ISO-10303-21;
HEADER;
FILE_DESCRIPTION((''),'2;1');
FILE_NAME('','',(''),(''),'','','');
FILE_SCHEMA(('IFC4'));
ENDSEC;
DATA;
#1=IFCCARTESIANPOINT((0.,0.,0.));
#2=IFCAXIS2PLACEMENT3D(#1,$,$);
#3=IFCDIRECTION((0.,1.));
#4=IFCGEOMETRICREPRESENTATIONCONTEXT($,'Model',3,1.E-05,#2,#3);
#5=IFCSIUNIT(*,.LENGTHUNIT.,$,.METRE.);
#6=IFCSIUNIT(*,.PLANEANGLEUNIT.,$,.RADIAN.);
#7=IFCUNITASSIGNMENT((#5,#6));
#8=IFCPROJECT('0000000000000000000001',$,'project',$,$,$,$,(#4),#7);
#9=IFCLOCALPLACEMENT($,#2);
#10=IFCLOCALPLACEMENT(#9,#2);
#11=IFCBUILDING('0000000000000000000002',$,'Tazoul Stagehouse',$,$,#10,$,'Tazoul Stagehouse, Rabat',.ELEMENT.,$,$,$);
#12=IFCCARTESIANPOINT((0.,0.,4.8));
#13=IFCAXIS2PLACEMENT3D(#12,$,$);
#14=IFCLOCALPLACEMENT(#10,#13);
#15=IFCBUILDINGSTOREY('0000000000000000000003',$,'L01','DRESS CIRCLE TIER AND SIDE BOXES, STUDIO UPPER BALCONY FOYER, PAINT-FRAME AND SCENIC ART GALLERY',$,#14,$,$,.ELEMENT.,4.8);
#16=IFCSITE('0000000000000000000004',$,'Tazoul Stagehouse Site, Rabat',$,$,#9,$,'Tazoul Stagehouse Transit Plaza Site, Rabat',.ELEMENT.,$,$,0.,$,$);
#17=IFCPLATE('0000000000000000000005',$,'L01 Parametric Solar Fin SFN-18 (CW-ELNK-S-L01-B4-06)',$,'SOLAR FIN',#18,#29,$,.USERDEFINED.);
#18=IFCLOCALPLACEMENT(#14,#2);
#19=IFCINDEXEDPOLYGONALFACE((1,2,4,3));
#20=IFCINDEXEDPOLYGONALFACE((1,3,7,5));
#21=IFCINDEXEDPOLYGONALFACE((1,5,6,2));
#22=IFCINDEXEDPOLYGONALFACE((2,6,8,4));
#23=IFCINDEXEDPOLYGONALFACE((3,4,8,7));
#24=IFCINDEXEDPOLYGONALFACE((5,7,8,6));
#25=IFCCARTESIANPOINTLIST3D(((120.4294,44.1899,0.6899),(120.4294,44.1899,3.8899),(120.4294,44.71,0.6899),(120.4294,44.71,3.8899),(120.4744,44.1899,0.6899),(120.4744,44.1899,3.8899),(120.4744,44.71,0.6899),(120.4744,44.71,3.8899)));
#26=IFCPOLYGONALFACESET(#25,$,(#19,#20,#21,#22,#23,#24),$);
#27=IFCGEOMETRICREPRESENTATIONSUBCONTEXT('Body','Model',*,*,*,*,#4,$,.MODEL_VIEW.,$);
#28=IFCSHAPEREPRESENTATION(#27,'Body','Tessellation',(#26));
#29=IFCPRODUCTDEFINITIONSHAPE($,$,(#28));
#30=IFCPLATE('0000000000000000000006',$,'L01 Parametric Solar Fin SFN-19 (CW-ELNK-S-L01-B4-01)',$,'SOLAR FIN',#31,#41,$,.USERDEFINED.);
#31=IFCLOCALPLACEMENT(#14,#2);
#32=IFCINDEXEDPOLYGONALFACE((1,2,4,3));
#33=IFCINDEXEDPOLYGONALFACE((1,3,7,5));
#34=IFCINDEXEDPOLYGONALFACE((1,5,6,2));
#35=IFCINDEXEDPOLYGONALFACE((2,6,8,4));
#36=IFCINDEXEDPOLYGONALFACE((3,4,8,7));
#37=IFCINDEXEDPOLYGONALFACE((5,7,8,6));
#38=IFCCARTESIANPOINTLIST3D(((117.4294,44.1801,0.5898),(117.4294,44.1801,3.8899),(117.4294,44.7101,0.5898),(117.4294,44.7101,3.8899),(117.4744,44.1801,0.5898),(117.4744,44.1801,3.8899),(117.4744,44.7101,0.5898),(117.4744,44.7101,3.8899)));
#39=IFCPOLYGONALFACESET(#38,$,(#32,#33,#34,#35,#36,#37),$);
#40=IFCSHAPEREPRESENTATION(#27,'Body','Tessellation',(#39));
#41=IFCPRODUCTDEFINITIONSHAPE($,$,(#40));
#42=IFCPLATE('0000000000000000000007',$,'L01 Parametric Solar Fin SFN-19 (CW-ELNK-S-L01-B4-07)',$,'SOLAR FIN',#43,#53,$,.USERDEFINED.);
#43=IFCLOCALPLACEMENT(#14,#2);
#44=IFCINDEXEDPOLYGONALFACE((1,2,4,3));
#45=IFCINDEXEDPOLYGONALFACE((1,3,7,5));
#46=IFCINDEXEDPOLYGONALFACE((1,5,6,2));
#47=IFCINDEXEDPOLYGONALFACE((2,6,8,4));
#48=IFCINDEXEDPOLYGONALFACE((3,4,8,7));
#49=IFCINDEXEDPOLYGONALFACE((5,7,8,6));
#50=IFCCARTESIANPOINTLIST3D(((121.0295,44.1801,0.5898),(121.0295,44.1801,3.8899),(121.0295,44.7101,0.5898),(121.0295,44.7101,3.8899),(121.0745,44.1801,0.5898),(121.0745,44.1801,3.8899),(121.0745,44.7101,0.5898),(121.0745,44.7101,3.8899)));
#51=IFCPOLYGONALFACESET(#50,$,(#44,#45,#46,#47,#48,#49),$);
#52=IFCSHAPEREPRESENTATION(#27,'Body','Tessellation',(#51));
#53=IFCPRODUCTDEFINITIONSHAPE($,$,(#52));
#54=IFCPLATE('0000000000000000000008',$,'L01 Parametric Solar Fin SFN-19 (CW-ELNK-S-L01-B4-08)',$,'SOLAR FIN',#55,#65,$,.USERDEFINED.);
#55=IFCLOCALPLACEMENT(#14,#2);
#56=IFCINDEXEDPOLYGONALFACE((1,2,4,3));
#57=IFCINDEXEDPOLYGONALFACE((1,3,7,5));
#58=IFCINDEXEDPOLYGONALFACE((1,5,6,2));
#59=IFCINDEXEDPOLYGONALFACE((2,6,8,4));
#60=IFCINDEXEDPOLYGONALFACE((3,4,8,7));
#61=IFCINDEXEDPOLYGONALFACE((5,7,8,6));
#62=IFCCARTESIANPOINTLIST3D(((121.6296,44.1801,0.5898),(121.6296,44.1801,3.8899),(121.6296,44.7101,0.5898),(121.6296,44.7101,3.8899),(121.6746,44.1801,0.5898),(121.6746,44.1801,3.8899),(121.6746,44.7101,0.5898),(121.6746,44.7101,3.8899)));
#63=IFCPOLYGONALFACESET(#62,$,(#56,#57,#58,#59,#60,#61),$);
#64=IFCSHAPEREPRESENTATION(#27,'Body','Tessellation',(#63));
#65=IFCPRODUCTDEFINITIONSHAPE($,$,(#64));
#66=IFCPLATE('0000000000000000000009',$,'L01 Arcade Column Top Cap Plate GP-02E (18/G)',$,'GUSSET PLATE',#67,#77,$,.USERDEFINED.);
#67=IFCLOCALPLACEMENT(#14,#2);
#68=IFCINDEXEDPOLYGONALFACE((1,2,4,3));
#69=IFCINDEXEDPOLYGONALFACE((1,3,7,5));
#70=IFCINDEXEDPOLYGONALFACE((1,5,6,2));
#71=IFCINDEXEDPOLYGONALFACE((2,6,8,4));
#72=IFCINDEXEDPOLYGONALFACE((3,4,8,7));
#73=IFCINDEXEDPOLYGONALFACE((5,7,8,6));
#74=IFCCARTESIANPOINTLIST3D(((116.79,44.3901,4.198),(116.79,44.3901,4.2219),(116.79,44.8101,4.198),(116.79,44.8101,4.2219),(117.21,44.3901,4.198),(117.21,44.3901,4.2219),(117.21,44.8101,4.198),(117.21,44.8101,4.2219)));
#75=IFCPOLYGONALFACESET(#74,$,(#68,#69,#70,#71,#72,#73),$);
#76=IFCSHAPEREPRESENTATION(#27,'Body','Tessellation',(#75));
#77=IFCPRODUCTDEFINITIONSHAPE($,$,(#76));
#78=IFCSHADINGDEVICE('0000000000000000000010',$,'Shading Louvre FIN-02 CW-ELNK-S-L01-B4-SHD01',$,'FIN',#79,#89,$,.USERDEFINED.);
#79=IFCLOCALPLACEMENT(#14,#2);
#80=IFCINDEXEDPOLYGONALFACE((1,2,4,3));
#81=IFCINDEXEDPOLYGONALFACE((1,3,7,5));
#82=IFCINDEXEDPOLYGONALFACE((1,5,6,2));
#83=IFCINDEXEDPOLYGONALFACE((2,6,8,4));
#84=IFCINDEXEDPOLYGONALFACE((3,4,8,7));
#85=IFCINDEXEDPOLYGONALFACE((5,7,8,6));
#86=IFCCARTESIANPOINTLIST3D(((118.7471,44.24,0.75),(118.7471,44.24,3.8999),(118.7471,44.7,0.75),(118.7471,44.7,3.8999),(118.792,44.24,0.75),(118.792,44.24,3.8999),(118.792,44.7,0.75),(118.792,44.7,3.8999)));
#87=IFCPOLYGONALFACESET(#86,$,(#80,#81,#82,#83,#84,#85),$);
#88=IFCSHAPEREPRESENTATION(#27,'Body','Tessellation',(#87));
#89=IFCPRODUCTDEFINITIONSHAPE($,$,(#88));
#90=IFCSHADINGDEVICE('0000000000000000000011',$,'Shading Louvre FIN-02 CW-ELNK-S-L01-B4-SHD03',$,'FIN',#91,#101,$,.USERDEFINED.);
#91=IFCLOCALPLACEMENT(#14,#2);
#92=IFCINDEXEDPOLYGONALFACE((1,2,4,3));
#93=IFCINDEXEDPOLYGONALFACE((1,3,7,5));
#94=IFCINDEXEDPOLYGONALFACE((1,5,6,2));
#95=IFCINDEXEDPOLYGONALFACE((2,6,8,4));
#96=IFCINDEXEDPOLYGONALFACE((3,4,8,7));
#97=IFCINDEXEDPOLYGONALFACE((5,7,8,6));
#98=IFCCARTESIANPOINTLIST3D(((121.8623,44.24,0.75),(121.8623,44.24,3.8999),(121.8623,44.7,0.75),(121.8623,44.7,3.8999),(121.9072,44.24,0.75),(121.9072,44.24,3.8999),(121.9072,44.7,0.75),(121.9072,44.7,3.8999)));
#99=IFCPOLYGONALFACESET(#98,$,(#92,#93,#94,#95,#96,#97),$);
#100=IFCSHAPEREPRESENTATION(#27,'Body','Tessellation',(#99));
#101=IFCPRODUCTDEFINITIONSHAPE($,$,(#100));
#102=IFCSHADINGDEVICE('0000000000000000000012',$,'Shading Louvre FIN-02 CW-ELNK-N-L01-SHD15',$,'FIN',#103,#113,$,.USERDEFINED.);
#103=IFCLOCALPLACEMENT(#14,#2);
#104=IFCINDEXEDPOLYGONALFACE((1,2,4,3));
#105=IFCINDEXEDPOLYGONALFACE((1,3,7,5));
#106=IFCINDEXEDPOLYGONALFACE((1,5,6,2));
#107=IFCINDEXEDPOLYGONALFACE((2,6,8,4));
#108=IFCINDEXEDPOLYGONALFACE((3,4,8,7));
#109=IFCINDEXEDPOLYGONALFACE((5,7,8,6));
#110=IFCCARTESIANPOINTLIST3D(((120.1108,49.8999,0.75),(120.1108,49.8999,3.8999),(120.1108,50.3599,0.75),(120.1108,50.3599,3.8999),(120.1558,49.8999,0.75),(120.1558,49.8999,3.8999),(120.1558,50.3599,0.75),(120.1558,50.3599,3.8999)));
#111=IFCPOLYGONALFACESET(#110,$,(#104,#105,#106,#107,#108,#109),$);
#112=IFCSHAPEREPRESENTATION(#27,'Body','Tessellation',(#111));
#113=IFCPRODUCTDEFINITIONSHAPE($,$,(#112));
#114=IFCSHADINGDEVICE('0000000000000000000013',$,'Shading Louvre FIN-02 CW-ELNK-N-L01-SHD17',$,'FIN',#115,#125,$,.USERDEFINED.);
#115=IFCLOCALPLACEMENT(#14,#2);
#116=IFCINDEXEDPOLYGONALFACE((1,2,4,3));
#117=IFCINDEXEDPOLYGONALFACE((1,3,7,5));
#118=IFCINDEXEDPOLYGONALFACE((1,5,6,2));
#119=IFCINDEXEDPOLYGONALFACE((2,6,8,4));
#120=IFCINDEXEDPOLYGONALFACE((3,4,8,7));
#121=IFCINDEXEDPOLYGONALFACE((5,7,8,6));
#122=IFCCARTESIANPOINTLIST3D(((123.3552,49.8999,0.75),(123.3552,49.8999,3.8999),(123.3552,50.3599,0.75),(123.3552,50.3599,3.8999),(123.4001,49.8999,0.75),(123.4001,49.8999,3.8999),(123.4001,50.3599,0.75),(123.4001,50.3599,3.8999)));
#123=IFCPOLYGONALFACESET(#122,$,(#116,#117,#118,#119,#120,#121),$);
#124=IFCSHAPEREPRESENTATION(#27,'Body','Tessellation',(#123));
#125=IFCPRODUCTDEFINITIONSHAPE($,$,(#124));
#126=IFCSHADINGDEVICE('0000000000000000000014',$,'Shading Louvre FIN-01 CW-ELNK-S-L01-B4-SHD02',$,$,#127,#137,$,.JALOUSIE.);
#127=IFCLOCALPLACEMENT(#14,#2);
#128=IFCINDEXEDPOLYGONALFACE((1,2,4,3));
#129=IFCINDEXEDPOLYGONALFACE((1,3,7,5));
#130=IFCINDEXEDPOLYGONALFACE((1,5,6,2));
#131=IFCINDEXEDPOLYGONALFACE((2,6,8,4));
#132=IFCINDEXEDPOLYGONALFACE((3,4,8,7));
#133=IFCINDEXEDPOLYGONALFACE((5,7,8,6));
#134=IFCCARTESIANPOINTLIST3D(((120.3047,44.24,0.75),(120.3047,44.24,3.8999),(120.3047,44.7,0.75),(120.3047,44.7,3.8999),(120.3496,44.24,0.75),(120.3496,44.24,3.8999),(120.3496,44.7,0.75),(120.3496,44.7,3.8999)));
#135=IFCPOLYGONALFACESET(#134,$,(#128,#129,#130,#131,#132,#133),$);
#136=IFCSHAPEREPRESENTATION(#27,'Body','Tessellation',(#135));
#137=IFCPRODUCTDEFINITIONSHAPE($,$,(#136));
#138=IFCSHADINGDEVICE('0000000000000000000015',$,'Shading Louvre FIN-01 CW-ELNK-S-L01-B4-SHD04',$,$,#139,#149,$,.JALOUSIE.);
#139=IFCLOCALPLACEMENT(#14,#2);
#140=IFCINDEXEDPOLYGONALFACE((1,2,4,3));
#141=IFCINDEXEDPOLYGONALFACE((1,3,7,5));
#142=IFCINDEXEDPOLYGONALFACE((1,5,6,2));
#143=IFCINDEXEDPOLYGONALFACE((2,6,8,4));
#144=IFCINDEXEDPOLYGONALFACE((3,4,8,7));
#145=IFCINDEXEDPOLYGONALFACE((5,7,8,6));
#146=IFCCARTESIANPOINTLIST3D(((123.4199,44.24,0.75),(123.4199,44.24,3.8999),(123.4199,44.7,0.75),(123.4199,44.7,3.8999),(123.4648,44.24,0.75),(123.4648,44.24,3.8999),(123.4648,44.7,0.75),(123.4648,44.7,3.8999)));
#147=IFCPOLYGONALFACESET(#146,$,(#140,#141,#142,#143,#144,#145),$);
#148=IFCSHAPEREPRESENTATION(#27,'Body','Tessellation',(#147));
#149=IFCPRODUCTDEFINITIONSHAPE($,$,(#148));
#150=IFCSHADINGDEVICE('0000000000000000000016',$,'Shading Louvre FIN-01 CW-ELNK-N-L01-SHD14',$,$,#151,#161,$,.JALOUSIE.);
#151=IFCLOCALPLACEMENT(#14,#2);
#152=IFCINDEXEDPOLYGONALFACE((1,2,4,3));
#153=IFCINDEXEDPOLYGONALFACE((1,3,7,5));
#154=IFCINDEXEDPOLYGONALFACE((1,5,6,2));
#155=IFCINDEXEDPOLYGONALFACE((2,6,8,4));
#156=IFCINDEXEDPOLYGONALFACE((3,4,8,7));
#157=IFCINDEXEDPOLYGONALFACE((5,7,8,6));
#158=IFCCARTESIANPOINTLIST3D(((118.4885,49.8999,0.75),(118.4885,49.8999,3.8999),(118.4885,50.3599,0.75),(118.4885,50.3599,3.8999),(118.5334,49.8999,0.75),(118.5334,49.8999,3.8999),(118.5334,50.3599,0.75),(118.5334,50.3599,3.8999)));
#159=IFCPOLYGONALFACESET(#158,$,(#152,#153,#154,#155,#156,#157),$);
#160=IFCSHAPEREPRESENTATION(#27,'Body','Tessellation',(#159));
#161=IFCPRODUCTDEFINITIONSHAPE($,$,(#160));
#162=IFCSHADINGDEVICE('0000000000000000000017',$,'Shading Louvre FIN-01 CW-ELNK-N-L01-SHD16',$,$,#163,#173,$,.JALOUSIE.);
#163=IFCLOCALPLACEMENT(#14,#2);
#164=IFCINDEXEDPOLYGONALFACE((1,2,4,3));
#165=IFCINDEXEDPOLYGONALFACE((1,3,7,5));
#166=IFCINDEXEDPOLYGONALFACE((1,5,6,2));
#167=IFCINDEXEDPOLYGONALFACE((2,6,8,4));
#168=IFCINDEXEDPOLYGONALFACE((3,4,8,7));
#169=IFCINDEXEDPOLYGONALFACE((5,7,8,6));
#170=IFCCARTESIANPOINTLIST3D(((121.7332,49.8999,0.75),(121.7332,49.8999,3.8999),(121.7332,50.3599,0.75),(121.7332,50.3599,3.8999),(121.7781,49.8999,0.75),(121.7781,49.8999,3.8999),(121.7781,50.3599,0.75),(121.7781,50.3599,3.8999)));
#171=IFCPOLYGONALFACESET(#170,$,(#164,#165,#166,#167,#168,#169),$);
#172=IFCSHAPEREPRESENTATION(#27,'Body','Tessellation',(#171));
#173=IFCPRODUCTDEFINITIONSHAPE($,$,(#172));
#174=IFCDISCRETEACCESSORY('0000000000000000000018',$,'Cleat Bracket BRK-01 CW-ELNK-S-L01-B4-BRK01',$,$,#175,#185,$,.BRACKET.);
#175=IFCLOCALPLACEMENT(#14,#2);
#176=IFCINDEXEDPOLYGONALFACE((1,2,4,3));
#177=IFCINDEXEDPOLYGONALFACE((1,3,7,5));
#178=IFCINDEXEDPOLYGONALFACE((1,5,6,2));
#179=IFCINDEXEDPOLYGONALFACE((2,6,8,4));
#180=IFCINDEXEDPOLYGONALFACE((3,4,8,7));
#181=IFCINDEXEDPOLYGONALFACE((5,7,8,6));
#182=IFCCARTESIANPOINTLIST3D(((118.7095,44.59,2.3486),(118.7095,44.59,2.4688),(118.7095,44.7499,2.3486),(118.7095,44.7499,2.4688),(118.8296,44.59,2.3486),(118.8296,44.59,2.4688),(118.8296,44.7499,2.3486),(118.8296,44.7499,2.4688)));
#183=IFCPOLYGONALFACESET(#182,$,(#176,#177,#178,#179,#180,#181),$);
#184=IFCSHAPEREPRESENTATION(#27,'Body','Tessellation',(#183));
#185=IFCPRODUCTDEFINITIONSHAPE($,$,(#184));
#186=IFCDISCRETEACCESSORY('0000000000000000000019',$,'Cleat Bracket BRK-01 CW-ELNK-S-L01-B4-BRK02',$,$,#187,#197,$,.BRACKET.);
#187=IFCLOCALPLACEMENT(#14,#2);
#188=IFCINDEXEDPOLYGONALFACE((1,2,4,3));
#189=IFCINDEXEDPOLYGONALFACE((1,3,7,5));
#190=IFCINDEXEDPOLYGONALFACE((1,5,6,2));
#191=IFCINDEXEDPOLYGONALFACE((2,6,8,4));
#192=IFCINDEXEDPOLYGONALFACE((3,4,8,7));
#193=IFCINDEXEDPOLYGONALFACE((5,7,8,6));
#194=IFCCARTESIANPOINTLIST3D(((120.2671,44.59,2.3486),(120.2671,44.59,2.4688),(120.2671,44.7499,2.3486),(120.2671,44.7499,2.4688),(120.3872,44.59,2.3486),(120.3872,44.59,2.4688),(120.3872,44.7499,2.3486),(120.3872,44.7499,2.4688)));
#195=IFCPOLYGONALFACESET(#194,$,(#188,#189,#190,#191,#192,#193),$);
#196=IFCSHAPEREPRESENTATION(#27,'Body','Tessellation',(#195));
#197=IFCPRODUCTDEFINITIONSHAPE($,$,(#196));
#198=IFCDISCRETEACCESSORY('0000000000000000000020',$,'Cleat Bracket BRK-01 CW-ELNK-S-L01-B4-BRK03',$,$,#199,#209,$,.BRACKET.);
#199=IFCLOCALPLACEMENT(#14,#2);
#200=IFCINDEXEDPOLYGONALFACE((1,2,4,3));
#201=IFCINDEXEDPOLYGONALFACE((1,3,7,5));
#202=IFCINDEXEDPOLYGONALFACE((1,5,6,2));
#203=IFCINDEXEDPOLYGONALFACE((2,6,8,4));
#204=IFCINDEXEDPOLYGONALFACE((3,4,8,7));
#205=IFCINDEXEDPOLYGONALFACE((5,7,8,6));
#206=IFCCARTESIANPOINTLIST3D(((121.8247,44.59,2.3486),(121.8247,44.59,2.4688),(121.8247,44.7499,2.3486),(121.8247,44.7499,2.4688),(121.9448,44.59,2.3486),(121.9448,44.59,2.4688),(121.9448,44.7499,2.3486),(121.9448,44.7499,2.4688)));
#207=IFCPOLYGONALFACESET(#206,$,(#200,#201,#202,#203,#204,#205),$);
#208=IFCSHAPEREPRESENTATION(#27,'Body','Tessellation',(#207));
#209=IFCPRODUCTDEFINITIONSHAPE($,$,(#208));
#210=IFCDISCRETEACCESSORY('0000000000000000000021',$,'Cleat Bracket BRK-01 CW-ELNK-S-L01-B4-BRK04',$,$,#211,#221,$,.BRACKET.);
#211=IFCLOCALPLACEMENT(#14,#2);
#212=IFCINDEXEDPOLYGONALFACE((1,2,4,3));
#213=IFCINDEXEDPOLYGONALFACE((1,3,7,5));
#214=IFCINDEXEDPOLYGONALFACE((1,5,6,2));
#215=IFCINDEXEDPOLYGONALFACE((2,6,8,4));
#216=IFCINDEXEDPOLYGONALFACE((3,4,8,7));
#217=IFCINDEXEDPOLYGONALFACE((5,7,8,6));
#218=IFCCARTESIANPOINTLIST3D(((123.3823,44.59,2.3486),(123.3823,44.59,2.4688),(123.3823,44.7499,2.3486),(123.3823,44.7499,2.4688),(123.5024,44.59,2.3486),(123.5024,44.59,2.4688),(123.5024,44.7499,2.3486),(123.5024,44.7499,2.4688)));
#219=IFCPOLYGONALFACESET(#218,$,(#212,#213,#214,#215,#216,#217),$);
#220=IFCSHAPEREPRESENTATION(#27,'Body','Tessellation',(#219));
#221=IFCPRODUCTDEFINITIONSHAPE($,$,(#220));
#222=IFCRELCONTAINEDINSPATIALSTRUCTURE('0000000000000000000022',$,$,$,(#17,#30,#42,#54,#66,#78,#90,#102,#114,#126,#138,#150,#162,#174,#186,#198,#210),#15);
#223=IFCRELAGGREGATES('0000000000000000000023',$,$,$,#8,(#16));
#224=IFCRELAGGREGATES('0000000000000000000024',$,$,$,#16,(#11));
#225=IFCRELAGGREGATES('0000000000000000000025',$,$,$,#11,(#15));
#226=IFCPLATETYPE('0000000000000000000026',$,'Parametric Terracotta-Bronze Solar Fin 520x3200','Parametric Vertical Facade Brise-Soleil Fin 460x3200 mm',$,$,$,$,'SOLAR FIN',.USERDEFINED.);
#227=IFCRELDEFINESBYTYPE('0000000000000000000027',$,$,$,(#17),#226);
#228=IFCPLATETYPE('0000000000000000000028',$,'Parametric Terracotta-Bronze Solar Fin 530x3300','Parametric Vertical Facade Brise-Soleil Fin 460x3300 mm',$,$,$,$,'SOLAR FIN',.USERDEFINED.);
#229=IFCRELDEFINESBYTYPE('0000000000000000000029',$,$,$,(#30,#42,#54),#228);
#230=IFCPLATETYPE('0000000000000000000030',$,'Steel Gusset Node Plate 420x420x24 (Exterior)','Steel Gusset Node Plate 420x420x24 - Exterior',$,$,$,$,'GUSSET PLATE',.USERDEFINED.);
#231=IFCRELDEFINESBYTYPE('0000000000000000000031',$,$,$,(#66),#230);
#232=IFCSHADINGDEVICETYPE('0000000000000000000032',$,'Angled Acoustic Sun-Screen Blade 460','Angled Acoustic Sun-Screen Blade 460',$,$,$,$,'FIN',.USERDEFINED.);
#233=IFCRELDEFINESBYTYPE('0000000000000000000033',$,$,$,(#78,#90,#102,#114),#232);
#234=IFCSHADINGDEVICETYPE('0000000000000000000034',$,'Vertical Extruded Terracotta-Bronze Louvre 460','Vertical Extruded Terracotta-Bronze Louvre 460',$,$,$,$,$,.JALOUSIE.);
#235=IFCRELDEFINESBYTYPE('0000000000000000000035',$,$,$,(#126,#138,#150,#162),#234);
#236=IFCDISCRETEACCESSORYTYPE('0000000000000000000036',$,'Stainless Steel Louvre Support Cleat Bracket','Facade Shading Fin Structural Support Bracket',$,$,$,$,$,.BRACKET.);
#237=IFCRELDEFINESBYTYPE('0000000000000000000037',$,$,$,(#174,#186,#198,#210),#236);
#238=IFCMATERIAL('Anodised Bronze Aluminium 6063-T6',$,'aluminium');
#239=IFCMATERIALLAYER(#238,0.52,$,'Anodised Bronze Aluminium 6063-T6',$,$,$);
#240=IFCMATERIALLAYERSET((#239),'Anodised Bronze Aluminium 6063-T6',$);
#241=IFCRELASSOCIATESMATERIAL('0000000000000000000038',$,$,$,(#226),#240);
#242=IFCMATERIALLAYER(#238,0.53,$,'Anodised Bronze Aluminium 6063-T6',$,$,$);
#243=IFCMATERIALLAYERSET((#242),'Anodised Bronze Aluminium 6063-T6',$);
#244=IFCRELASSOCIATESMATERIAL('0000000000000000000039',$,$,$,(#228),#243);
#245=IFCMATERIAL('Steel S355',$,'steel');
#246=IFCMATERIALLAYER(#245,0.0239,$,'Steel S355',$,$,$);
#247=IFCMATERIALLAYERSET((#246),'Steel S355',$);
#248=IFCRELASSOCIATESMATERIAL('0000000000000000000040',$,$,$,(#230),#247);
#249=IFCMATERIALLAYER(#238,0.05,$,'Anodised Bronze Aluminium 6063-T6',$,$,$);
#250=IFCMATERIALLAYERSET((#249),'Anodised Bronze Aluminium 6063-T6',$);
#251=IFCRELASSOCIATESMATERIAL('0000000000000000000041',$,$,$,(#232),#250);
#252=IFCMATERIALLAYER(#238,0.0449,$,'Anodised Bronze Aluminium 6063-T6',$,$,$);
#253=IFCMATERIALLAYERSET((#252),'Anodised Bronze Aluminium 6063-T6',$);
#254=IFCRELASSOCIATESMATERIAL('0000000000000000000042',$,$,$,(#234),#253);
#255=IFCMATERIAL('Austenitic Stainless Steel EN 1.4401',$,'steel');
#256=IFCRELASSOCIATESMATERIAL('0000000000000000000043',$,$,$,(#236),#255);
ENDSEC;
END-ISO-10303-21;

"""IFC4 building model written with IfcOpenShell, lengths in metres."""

from ifc_helpers import new_model, si_unit, direction, frame, origin, origin_2d, place, context, subcontext, project, spatial, rectangle, extrude, material, layer, layer_set, type_object, element, save


model = new_model("IFC4")

# Units and contexts
model_context = context("Model", 3, precision=1e-05, world=origin(), true_north=direction((0.0, 1.0)))
body_context = subcontext(model_context, "Body", "Model", "MODEL_VIEW")
ifc_project = project(units=[si_unit("LENGTHUNIT", "METRE"), si_unit("PLANEANGLEUNIT", "RADIAN")], contexts=[model_context])

# Site, building, storey
site_placement = place(None, origin())
site = spatial("IfcSite", under=ifc_project, at=site_placement, Name="Tazoul Stagehouse Site, Rabat", LongName="Tazoul Stagehouse Transit Plaza Site, Rabat", CompositionType="ELEMENT", RefElevation=0.0)
building_placement = place(site_placement, origin())
building = spatial("IfcBuilding", under=site, at=building_placement, Name="Tazoul Stagehouse", LongName="Tazoul Stagehouse, Rabat", CompositionType="ELEMENT")
storey_placement = place(building_placement, frame((0.0, 0.0, 4.8)))
storey = spatial("IfcBuildingStorey", under=building, at=storey_placement, Name="L01", Description="DRESS CIRCLE TIER AND SIDE BOXES, STUDIO UPPER BALCONY FOYER, PAINT-FRAME AND SCENIC ART GALLERY", CompositionType="ELEMENT", Elevation=4.8)

# Shared definitions
ifc_material_1 = material(Name="Steel S355", Category="steel")

# Plates
ifc_material_2 = material(Name="Anodised Bronze Aluminium 6063-T6", Category="aluminium")
ifc_layer_1 = layer(ifc_material_2, 0.52, Name="Anodised Bronze Aluminium 6063-T6")
ifc_layer_set_1 = layer_set([ifc_layer_1], Name="Anodised Bronze Aluminium 6063-T6")
plate_type_1 = type_object("IfcPlateType", Name="Parametric Terracotta-Bronze Solar Fin 520x3200", Description="Parametric Vertical Facade Brise-Soleil Fin 460x3200 mm", ElementType="SOLAR FIN", PredefinedType="USERDEFINED", material=ifc_layer_set_1)
for number, where, z_axis, x_axis, name in (
    (1, (120.4519, 44.45, 0.6899), (0.0, 0.0, 1.0), (1.0, 0.0, 0.0), "L01 Parametric Solar Fin SFN-18 (CW-ELNK-S-L01-B4-06)"),
):
    element("IfcPlate", number, at=place(storey_placement, frame(where, z_axis=z_axis, x_axis=x_axis)), inside=storey, type_object=plate_type_1, Name=name, ObjectType="SOLAR FIN", PredefinedType="USERDEFINED", context=body_context, shape_type="SweptSolid", body=[
        extrude(rectangle(XDim=0.0449, YDim=0.52, at=origin_2d()), origin(), (0.0, 0.0, 1.0), 3.2),
    ])
ifc_layer_2 = layer(ifc_material_2, 0.53, Name="Anodised Bronze Aluminium 6063-T6")
ifc_layer_set_2 = layer_set([ifc_layer_2], Name="Anodised Bronze Aluminium 6063-T6")
plate_type_2 = type_object("IfcPlateType", Name="Parametric Terracotta-Bronze Solar Fin 530x3300", Description="Parametric Vertical Facade Brise-Soleil Fin 460x3300 mm", ElementType="SOLAR FIN", PredefinedType="USERDEFINED", material=ifc_layer_set_2)
for number, where, z_axis, x_axis, name in (
    (2, (117.4519, 44.4451, 0.5898), (0.0, 0.0, 1.0), (1.0, 0.0, 0.0), "L01 Parametric Solar Fin SFN-19 (CW-ELNK-S-L01-B4-01)"),
    (3, (121.052, 44.4451, 0.5898), (0.0, 0.0, 1.0), (1.0, 0.0, 0.0), "L01 Parametric Solar Fin SFN-19 (CW-ELNK-S-L01-B4-07)"),
    (4, (121.6521, 44.4451, 0.5898), (0.0, 0.0, 1.0), (1.0, 0.0, 0.0), "L01 Parametric Solar Fin SFN-19 (CW-ELNK-S-L01-B4-08)"),
):
    element("IfcPlate", number, at=place(storey_placement, frame(where, z_axis=z_axis, x_axis=x_axis)), inside=storey, type_object=plate_type_2, Name=name, ObjectType="SOLAR FIN", PredefinedType="USERDEFINED", context=body_context, shape_type="SweptSolid", body=[
        extrude(rectangle(XDim=0.0449, YDim=0.53, at=origin_2d()), origin(), (0.0, 0.0, 1.0), 3.3),
    ])
ifc_layer_3 = layer(ifc_material_1, 0.0239, Name="Steel S355")
ifc_layer_set_3 = layer_set([ifc_layer_3], Name="Steel S355")
plate_type_3 = type_object("IfcPlateType", Name="Steel Gusset Node Plate 420x420x24 (Exterior)", Description="Steel Gusset Node Plate 420x420x24 - Exterior", ElementType="GUSSET PLATE", PredefinedType="USERDEFINED", material=ifc_layer_set_3)
plate_placement = place(storey_placement, frame((117.0, 44.6001, 4.198), z_axis=(0.0, 0.0, 1.0), x_axis=(1.0, 0.0, 0.0)))
element("IfcPlate", 5, at=plate_placement, inside=storey, type_object=plate_type_3, Name="L01 Arcade Column Top Cap Plate GP-02E (18/G)", ObjectType="GUSSET PLATE", PredefinedType="USERDEFINED", context=body_context, shape_type="SweptSolid", body=[
    extrude(rectangle(XDim=0.4199, YDim=0.4199, at=origin_2d()), origin(), (0.0, 0.0, 1.0), 0.0239),
])

# Shading devices
ifc_layer_4 = layer(ifc_material_2, 0.05, Name="Anodised Bronze Aluminium 6063-T6")
ifc_layer_set_4 = layer_set([ifc_layer_4], Name="Anodised Bronze Aluminium 6063-T6")
shading_device_type_1 = type_object("IfcShadingDeviceType", Name="Angled Acoustic Sun-Screen Blade 460", Description="Angled Acoustic Sun-Screen Blade 460", ElementType="FIN", PredefinedType="USERDEFINED", material=ifc_layer_set_4)
for number, where, z_axis, x_axis, name in (
    (6, (118.7695, 44.47, 0.75), (0.0, 0.0, 1.0), (1.0, 0.0, 0.0), "Shading Louvre FIN-02 CW-ELNK-S-L01-B4-SHD01"),
    (7, (121.8848, 44.47, 0.75), (0.0, 0.0, 1.0), (1.0, 0.0, 0.0), "Shading Louvre FIN-02 CW-ELNK-S-L01-B4-SHD03"),
    (8, (120.1333, 50.1299, 0.75), (0.0, 0.0, 1.0), (1.0, 0.0, 0.0), "Shading Louvre FIN-02 CW-ELNK-N-L01-SHD15"),
    (9, (123.3777, 50.1299, 0.75), (0.0, 0.0, 1.0), (1.0, 0.0, 0.0), "Shading Louvre FIN-02 CW-ELNK-N-L01-SHD17"),
):
    element("IfcShadingDevice", number, at=place(storey_placement, frame(where, z_axis=z_axis, x_axis=x_axis)), inside=storey, type_object=shading_device_type_1, Name=name, ObjectType="FIN", PredefinedType="USERDEFINED", context=body_context, shape_type="SweptSolid", body=[
        extrude(rectangle(XDim=0.0449, YDim=0.46, at=origin_2d()), origin(), (0.0, 0.0, 1.0), 3.1499),
    ])
ifc_layer_5 = layer(ifc_material_2, 0.0449, Name="Anodised Bronze Aluminium 6063-T6")
ifc_layer_set_5 = layer_set([ifc_layer_5], Name="Anodised Bronze Aluminium 6063-T6")
shading_device_type_2 = type_object("IfcShadingDeviceType", Name="Vertical Extruded Terracotta-Bronze Louvre 460", Description="Vertical Extruded Terracotta-Bronze Louvre 460", PredefinedType="JALOUSIE", material=ifc_layer_set_5)
for number, where, z_axis, x_axis, name in (
    (10, (120.3271, 44.47, 0.75), (0.0, 0.0, 1.0), (1.0, 0.0, 0.0), "Shading Louvre FIN-01 CW-ELNK-S-L01-B4-SHD02"),
    (11, (123.4424, 44.47, 0.75), (0.0, 0.0, 1.0), (1.0, 0.0, 0.0), "Shading Louvre FIN-01 CW-ELNK-S-L01-B4-SHD04"),
    (12, (118.511, 50.1299, 0.75), (0.0, 0.0, 1.0), (1.0, 0.0, 0.0), "Shading Louvre FIN-01 CW-ELNK-N-L01-SHD14"),
    (13, (121.7556, 50.1299, 0.75), (0.0, 0.0, 1.0), (1.0, 0.0, 0.0), "Shading Louvre FIN-01 CW-ELNK-N-L01-SHD16"),
):
    element("IfcShadingDevice", number, at=place(storey_placement, frame(where, z_axis=z_axis, x_axis=x_axis)), inside=storey, type_object=shading_device_type_2, Name=name, PredefinedType="JALOUSIE", context=body_context, shape_type="SweptSolid", body=[
        extrude(rectangle(XDim=0.0449, YDim=0.46, at=origin_2d()), origin(), (0.0, 0.0, 1.0), 3.1499),
    ])

# Discrete accessories
ifc_material_3 = material(Name="Austenitic Stainless Steel EN 1.4401", Category="steel")
discrete_accessory_type = type_object("IfcDiscreteAccessoryType", Name="Stainless Steel Louvre Support Cleat Bracket", Description="Facade Shading Fin Structural Support Bracket", PredefinedType="BRACKET", material=ifc_material_3)
for number, where, z_axis, x_axis, name in (
    (14, (118.7695, 44.6699, 2.3486), (0.0, 0.0, 1.0), (1.0, 0.0, 0.0), "Cleat Bracket BRK-01 CW-ELNK-S-L01-B4-BRK01"),
    (15, (120.3271, 44.6699, 2.3486), (0.0, 0.0, 1.0), (1.0, 0.0, 0.0), "Cleat Bracket BRK-01 CW-ELNK-S-L01-B4-BRK02"),
    (16, (121.8848, 44.6699, 2.3486), (0.0, 0.0, 1.0), (1.0, 0.0, 0.0), "Cleat Bracket BRK-01 CW-ELNK-S-L01-B4-BRK03"),
    (17, (123.4424, 44.6699, 2.3486), (0.0, 0.0, 1.0), (1.0, 0.0, 0.0), "Cleat Bracket BRK-01 CW-ELNK-S-L01-B4-BRK04"),
):
    element("IfcDiscreteAccessory", number, at=place(storey_placement, frame(where, z_axis=z_axis, x_axis=x_axis)), inside=storey, type_object=discrete_accessory_type, Name=name, PredefinedType="BRACKET", context=body_context, shape_type="SweptSolid", body=[
        extrude(rectangle(XDim=0.1201, YDim=0.1599, at=origin_2d()), origin(), (0.0, 0.0, 1.0), 0.1201),
    ])

save(model, "model.ifc")
